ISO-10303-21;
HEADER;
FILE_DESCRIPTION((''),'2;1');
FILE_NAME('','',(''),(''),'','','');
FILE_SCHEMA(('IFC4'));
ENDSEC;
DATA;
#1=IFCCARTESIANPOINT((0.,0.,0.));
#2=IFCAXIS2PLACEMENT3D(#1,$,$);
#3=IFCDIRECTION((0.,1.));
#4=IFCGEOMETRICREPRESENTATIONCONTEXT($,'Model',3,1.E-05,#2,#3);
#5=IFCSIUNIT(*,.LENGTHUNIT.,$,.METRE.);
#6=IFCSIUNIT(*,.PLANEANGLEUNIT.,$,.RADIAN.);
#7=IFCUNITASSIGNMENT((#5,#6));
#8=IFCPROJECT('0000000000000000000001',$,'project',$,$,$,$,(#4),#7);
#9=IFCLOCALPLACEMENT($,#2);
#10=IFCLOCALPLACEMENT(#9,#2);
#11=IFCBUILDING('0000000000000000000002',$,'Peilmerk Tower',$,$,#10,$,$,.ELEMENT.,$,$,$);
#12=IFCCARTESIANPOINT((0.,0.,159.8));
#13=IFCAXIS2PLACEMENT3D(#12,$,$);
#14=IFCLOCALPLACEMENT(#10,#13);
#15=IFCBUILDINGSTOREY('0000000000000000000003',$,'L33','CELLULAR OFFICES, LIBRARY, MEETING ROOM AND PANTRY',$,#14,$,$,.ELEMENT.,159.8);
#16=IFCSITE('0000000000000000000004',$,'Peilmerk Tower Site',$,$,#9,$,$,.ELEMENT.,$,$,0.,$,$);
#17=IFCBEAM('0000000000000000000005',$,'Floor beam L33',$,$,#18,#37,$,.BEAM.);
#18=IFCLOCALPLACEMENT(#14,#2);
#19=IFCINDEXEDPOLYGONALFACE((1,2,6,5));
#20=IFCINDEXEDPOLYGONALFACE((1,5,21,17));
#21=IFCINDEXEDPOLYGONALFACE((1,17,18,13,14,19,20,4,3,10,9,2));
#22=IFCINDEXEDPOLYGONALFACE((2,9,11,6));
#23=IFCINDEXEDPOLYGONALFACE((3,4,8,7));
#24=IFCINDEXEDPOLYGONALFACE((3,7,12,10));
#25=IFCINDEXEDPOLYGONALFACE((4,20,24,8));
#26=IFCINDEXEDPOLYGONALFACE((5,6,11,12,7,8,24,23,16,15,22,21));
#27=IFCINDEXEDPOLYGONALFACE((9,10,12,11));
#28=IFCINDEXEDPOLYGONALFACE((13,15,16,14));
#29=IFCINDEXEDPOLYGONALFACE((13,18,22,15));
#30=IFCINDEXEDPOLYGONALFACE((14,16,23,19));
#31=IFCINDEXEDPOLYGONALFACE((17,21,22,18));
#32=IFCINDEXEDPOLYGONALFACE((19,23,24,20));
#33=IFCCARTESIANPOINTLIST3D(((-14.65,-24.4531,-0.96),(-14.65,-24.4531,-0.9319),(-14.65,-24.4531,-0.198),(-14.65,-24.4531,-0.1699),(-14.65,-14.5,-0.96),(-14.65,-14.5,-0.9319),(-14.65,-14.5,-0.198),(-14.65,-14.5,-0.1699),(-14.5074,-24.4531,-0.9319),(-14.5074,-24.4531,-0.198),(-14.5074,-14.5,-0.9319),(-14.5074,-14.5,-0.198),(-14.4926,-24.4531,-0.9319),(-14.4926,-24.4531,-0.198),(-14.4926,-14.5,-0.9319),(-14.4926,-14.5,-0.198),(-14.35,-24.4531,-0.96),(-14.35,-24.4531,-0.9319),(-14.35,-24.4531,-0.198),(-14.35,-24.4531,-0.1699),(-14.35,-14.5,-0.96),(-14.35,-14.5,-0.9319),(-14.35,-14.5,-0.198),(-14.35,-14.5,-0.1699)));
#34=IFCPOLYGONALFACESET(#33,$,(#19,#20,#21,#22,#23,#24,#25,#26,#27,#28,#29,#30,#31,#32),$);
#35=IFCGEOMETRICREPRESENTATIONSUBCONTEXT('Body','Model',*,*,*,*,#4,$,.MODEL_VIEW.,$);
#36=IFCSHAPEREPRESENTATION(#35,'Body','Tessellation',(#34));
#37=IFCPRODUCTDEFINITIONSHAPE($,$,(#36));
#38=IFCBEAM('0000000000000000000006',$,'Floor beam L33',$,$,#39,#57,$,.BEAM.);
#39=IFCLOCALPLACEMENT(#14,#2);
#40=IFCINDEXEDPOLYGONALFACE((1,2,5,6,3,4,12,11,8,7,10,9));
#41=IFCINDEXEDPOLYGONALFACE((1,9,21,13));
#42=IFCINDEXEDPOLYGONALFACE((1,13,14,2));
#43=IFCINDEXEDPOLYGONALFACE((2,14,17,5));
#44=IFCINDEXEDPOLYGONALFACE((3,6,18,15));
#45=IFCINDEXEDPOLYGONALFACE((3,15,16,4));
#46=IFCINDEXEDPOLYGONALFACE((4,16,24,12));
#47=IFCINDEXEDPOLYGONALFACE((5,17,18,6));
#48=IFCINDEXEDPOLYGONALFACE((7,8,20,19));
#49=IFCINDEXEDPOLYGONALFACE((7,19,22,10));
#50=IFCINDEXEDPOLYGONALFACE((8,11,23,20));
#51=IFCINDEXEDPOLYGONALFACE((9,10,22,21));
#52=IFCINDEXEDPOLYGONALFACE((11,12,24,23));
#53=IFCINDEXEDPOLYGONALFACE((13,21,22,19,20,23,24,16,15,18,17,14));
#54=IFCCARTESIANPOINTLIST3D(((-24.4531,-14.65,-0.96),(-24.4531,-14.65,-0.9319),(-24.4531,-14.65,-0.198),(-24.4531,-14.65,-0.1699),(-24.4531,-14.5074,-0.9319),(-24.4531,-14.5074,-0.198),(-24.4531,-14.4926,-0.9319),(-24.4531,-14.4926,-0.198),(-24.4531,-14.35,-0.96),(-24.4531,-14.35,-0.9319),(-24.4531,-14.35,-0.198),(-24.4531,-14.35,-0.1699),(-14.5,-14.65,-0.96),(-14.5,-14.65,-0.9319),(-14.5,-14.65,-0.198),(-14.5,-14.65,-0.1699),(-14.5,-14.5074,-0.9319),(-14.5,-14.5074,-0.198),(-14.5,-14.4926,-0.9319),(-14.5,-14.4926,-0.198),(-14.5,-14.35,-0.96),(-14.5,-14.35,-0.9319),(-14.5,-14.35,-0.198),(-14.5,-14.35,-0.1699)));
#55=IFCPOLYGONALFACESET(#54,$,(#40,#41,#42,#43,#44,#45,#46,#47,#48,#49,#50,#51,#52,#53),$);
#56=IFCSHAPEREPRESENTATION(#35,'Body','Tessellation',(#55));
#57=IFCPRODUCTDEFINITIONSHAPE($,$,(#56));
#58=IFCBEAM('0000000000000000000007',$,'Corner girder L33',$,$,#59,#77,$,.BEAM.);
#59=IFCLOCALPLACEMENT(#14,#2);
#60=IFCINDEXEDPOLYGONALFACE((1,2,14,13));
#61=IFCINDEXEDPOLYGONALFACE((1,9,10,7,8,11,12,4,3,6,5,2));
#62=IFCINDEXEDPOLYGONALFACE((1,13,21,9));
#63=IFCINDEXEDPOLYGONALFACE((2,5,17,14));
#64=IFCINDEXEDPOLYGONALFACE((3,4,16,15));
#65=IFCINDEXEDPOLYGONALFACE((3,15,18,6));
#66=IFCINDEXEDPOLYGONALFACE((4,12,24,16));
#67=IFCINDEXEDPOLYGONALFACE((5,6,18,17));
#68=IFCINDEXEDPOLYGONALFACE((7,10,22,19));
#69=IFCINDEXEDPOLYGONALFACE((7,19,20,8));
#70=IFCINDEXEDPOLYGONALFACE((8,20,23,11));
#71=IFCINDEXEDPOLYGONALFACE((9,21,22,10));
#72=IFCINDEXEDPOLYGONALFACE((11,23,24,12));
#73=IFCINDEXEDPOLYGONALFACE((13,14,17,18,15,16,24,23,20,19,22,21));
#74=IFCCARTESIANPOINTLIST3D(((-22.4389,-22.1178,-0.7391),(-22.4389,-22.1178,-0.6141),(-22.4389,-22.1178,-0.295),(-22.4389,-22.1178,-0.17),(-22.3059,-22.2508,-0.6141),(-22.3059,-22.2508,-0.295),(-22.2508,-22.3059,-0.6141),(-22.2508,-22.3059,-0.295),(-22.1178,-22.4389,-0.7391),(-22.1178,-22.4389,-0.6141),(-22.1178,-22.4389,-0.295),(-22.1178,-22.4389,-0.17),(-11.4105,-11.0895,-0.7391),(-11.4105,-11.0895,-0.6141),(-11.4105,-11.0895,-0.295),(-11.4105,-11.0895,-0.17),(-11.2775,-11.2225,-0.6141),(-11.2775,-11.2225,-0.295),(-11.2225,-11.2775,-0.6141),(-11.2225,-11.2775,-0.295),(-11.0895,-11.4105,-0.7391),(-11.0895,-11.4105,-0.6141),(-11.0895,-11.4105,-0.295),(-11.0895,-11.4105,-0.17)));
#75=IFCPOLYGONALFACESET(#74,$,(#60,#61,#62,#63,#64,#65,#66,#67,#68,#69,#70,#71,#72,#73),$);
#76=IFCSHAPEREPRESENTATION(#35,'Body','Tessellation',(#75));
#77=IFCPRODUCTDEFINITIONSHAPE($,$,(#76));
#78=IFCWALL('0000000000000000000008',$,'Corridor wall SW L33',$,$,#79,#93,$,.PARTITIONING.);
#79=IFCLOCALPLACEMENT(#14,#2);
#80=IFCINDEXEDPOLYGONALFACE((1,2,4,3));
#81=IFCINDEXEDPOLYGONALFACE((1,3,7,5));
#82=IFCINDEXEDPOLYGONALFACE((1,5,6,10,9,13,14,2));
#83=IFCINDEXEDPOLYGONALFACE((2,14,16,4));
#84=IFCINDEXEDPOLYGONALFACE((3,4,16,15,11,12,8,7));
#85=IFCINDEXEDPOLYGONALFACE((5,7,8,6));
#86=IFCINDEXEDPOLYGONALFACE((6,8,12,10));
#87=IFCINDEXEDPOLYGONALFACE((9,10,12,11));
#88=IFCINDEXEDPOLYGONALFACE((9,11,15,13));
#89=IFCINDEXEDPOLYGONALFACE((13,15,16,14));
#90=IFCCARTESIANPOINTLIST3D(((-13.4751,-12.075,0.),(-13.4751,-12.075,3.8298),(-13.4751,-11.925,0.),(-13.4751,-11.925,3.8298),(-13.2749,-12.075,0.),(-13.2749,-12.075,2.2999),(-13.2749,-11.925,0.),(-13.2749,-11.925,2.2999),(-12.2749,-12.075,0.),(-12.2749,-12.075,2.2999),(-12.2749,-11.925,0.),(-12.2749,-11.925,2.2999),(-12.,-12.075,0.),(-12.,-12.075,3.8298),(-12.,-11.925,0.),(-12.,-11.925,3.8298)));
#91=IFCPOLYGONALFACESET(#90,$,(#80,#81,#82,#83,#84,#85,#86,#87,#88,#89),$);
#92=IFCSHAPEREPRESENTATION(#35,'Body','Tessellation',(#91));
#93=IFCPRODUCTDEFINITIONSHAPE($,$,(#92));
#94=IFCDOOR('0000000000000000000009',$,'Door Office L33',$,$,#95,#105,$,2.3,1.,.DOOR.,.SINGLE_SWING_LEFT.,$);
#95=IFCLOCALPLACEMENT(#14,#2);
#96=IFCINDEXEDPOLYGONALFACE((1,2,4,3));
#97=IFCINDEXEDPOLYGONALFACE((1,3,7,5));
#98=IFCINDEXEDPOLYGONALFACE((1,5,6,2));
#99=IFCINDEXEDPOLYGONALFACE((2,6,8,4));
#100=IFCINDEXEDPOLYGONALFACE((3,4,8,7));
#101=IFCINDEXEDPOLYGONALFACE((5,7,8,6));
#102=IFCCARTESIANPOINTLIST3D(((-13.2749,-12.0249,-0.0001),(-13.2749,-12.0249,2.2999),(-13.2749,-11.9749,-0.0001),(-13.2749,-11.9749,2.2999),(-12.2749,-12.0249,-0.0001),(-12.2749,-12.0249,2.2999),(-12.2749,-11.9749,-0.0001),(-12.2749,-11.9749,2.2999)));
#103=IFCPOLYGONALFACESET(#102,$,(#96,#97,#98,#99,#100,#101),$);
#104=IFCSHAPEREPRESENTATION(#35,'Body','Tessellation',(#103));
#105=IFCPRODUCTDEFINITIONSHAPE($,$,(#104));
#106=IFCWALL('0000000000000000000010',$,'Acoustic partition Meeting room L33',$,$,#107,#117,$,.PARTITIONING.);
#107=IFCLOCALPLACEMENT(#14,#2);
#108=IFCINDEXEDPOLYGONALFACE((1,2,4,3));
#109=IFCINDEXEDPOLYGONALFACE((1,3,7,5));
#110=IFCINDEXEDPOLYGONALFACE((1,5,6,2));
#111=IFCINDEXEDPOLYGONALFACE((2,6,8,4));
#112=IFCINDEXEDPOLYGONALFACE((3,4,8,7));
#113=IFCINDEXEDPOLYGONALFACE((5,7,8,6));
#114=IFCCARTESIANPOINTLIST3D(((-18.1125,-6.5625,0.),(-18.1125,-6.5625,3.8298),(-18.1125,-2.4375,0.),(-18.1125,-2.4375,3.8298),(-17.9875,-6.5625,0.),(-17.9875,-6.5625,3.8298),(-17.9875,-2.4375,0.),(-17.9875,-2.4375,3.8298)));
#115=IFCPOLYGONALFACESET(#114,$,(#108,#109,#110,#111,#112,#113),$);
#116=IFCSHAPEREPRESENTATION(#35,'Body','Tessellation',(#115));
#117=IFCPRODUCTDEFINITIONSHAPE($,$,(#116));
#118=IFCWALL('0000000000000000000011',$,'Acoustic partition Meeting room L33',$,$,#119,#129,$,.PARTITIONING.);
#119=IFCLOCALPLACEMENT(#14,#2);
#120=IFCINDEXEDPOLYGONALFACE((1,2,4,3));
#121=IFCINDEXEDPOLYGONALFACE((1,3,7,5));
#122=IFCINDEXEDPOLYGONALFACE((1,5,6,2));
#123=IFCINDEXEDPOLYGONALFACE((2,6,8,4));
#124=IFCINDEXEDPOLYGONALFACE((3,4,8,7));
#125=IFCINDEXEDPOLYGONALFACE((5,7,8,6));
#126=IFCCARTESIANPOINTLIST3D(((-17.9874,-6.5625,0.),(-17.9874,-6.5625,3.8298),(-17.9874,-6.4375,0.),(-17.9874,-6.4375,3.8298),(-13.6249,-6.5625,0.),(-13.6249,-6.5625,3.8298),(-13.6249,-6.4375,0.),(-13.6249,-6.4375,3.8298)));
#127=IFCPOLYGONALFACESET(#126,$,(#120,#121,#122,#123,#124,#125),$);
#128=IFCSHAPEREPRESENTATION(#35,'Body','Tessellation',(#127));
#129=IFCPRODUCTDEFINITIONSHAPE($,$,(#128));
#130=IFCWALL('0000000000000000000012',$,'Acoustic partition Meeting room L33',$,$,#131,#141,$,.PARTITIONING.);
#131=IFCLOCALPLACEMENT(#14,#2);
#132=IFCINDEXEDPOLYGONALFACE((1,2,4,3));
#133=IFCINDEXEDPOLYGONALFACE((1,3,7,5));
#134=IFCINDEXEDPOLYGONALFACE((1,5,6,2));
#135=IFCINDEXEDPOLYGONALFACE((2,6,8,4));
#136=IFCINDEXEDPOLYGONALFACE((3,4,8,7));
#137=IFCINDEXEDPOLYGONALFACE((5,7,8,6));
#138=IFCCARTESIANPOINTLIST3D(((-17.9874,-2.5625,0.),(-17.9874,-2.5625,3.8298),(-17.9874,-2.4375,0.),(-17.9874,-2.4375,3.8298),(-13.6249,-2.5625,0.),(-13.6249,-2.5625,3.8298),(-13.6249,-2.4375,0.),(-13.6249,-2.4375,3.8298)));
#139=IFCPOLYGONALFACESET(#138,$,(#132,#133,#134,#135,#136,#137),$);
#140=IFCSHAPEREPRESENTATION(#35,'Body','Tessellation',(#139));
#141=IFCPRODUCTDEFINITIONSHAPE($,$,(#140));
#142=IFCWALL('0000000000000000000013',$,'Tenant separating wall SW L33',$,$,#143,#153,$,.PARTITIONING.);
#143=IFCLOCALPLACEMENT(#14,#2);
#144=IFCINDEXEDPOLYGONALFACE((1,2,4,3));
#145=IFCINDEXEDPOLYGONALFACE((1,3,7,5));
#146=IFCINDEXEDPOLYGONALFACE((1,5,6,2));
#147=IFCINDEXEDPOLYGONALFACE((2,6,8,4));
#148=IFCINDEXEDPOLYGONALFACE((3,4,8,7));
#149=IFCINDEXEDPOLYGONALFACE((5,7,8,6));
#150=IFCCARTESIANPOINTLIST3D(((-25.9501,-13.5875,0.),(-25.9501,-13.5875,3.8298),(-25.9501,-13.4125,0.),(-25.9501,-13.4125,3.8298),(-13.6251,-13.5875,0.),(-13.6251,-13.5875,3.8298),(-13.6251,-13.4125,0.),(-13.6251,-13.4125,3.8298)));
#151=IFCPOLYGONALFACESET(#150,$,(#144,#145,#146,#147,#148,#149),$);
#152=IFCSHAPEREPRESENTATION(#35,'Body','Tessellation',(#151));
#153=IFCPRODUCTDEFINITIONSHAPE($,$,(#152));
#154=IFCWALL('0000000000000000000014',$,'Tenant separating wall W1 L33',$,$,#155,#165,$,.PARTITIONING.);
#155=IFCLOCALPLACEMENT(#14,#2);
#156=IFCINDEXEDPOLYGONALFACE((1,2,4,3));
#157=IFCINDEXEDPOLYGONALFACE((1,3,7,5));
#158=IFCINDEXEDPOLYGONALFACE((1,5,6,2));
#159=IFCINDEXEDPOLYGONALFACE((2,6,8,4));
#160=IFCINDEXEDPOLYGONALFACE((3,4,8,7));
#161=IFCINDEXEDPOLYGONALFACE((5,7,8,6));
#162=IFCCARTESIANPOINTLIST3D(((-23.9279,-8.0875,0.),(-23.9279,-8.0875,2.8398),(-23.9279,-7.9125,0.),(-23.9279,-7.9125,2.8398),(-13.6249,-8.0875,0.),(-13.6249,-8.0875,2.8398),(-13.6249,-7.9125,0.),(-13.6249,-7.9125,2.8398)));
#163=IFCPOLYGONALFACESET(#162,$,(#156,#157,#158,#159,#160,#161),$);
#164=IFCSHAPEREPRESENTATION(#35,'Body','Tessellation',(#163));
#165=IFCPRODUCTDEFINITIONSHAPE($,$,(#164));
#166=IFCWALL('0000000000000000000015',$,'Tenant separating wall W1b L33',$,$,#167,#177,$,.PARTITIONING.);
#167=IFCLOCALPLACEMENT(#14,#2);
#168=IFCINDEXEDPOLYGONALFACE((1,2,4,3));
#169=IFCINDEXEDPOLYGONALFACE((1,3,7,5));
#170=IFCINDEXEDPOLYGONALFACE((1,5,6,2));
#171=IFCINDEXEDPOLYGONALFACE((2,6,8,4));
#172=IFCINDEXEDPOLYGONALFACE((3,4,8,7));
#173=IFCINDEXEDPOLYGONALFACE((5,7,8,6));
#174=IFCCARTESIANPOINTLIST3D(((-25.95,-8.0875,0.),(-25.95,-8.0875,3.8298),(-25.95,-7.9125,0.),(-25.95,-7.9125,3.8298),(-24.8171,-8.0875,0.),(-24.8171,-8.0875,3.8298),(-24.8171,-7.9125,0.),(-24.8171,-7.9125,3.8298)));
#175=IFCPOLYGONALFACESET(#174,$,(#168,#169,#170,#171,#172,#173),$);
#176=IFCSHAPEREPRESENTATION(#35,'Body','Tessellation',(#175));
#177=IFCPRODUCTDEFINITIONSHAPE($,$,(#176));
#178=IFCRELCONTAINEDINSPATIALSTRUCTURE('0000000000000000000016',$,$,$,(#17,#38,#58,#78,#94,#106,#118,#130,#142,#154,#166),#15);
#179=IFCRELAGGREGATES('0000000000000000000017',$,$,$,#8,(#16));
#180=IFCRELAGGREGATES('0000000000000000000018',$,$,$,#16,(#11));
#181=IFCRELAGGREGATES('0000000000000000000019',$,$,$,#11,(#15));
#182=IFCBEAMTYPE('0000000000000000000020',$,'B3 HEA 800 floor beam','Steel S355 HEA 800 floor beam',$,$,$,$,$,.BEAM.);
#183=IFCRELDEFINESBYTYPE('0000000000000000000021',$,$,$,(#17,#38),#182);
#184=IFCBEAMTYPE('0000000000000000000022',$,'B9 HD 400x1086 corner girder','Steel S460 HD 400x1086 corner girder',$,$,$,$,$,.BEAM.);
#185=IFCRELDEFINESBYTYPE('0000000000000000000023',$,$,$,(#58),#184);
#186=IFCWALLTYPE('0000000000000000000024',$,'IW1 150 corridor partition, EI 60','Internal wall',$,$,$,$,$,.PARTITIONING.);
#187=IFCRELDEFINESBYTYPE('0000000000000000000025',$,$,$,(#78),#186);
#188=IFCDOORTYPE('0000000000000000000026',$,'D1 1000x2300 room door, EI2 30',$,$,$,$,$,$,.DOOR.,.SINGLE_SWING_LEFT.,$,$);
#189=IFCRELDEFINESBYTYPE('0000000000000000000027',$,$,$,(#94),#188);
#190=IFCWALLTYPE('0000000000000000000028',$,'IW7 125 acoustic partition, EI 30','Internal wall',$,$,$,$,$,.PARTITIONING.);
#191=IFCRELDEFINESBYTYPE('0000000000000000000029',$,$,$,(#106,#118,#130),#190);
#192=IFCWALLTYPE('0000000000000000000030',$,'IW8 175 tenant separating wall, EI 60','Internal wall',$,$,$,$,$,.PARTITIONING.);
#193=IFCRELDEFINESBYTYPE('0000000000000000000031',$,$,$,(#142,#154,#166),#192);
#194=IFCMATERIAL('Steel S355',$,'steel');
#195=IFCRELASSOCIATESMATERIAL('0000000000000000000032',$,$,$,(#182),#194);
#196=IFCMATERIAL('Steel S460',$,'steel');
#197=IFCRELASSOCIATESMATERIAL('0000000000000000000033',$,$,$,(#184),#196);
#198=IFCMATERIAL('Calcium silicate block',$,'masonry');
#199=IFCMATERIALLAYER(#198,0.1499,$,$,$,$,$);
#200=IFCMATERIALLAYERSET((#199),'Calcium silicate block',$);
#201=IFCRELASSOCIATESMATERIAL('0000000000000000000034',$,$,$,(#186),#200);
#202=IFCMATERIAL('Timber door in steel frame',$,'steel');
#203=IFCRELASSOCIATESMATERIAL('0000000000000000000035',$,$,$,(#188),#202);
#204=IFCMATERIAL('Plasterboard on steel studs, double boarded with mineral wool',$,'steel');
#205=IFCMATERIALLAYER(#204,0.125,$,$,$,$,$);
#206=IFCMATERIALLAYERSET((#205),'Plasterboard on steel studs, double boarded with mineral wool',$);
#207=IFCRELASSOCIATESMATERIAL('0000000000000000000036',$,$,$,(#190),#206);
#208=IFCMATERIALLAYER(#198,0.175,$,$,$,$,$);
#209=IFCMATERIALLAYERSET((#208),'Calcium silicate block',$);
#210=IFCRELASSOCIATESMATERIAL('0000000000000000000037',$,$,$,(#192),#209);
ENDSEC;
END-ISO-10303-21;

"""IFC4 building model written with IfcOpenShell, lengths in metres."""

from ifc_helpers import new_model, si_unit, direction, frame, frame_2d, origin, origin_2d, place, context, subcontext, project, spatial, rectangle, i_section, extrude, material, layer, layer_set, material_profile, profile_set, type_object, element, fill, save


model = new_model("IFC4")

# Units and contexts
model_context = context("Model", 3, precision=1e-05, world=origin(), true_north=direction((0.0, 1.0)))
body_context = subcontext(model_context, "Body", "Model", "MODEL_VIEW")
ifc_project = project(units=[si_unit("LENGTHUNIT", "METRE"), si_unit("PLANEANGLEUNIT", "RADIAN")], contexts=[model_context])

# Site, building, storey
site_placement = place(None, origin())
site = spatial("IfcSite", under=ifc_project, at=site_placement, Name="Peilmerk Tower Site", CompositionType="ELEMENT", RefElevation=0.0)
building_placement = place(site_placement, origin())
building = spatial("IfcBuilding", under=site, at=building_placement, Name="Peilmerk Tower", CompositionType="ELEMENT")
storey_placement = place(building_placement, frame((0.0, 0.0, 159.8)))
storey = spatial("IfcBuildingStorey", under=building, at=storey_placement, Name="L33", Description="CELLULAR OFFICES, LIBRARY, MEETING ROOM AND PANTRY", CompositionType="ELEMENT", Elevation=159.8)

# Shared definitions
ifc_material_1 = material(Name="Steel S460", Category="steel")

# Beams
ifc_material_2 = material(Name="Steel S355", Category="steel")
ifc_material_profile_1 = material_profile(ifc_material_2, i_section(OverallWidth=0.3, OverallDepth=0.79, WebThickness=0.0149, FlangeThickness=0.0281, at=origin_2d()), Name="HEA 800")
ifc_profile_set_1 = profile_set([ifc_material_profile_1], Name="Steel S355")
beam_type_1 = type_object("IfcBeamType", Name="B3 HEA 800 floor beam", Description="Steel S355 HEA 800 floor beam", PredefinedType="BEAM", material=ifc_profile_set_1)
for number, where, z_axis, x_axis, name in (
    (1, (-14.5, -14.5, -0.5649), (0.0, -1.0, 0.0), (1.0, 0.0, 0.0), "Floor beam L33"),
    (2, (-14.5, -14.5, -0.5649), (-1.0, 0.0, 0.0), (0.0, -1.0, 0.0), "Floor beam L33"),
):
    element("IfcBeam", number, at=place(storey_placement, frame(where, z_axis=z_axis, x_axis=x_axis)), inside=storey, type_object=beam_type_1, Name=name, PredefinedType="BEAM", context=body_context, shape_type="SweptSolid", body=[
        extrude(i_section(OverallWidth=0.3, OverallDepth=0.79, WebThickness=0.0149, FlangeThickness=0.0281, at=origin_2d()), origin(), (0.0, 0.0, 1.0), 9.9531),
    ])
ifc_material_profile_2 = material_profile(ifc_material_1, i_section(OverallWidth=0.4541, OverallDepth=0.5691, WebThickness=0.0779, FlangeThickness=0.125, at=origin_2d()), Name="HD 400x1086")
ifc_profile_set_2 = profile_set([ifc_material_profile_2], Name="Steel S460")
beam_type_2 = type_object("IfcBeamType", Name="B9 HD 400x1086 corner girder", Description="Steel S460 HD 400x1086 corner girder", PredefinedType="BEAM", material=ifc_profile_set_2)
beam_placement = place(storey_placement, frame((-11.25, -11.25, -0.4546), z_axis=(-0.707107, -0.707107, 0.0), x_axis=(0.707107, -0.707107, 0.0)))
element("IfcBeam", 3, at=beam_placement, inside=storey, type_object=beam_type_2, Name="Corner girder L33", PredefinedType="BEAM", context=body_context, shape_type="SweptSolid", body=[
    extrude(i_section(OverallWidth=0.4541, OverallDepth=0.5691, WebThickness=0.0779, FlangeThickness=0.125, at=origin_2d()), origin(), (0.0, 0.0, 1.0), 15.5964),
])

# Wall, opening, door
ifc_material_3 = material(Name="Calcium silicate block", Category="masonry")
ifc_layer_1 = layer(ifc_material_3, 0.1499)
ifc_layer_set_1 = layer_set([ifc_layer_1], Name="Calcium silicate block")
wall_type_1 = type_object("IfcWallType", Name="IW1 150 corridor partition, EI 60", Description="Internal wall", PredefinedType="PARTITIONING", material=ifc_layer_set_1)
wall_1_placement = place(storey_placement, frame((-12.0, -12.0, 0.0), z_axis=(0.0, 0.0, 1.0), x_axis=(-1.0, 0.0, 0.0)))
wall_1 = element("IfcWall", 4, at=wall_1_placement, inside=storey, type_object=wall_type_1, Name="Corridor wall SW L33", PredefinedType="PARTITIONING", context=body_context, shape_type="SweptSolid", body=[
    extrude(rectangle(XDim=1.4751, YDim=0.1499, at=frame_2d((0.7375, 0.0))), origin(), (0.0, 0.0, 1.0), 3.8298),
])
opening_1_placement = place(wall_1_placement, frame((0.2749, 0.0, 0.0)))
opening_1 = element("IfcOpeningElement", 5, at=opening_1_placement, cuts=wall_1, PredefinedType="OPENING", context=body_context, shape_type="SweptSolid", body=[
    extrude(rectangle(XDim=1.0, YDim=2.3, at=frame_2d((0.5, 1.1499))), frame((0.0, 0.085, 0.0), z_axis=(0.0, -1.0, 0.0), x_axis=(1.0, 0.0, 0.0)), (0.0, 0.0, 1.0), 0.1699),
])
ifc_material_4 = material(Name="Timber door in steel frame", Category="steel")
door_type_1 = type_object("IfcDoorType", Name="D1 1000x2300 room door, EI2 30", OperationType="SINGLE_SWING_LEFT", PredefinedType="DOOR", material=ifc_material_4)
door_1_placement = place(opening_1_placement, origin())
door_1 = element("IfcDoor", 6, at=door_1_placement, inside=storey, type_object=door_type_1, Name="Door Office L33", OperationType="SINGLE_SWING_LEFT", OverallHeight=2.3, OverallWidth=1.0, PredefinedType="DOOR", context=body_context, shape_type="SweptSolid", body=[
    extrude(rectangle(XDim=1.0, YDim=2.3, at=frame_2d((0.5, 1.1499))), frame((0.0, 0.0249, 0.0), z_axis=(0.0, -1.0, 0.0), x_axis=(1.0, 0.0, 0.0)), (0.0, 0.0, 1.0), 0.05),
])
fill(opening_1, door_1)

# Walls
ifc_material_5 = material(Name="Plasterboard on steel studs, double boarded with mineral wool", Category="steel")
ifc_layer_2 = layer(ifc_material_5, 0.125)
ifc_layer_set_2 = layer_set([ifc_layer_2], Name="Plasterboard on steel studs, double boarded with mineral wool")
wall_type_2 = type_object("IfcWallType", Name="IW7 125 acoustic partition, EI 30", Description="Internal wall", PredefinedType="PARTITIONING", material=ifc_layer_set_2)
wall_2_placement = place(storey_placement, frame((-18.05, -6.5625, 0.0), z_axis=(0.0, 0.0, 1.0), x_axis=(0.0, 1.0, 0.0)))
element("IfcWall", 7, at=wall_2_placement, inside=storey, type_object=wall_type_2, Name="Acoustic partition Meeting room L33", PredefinedType="PARTITIONING", context=body_context, shape_type="SweptSolid", body=[
    extrude(rectangle(XDim=4.125, YDim=0.125, at=frame_2d((2.0625, 0.0))), origin(), (0.0, 0.0, 1.0), 3.8298),
])
for number, where, z_axis, x_axis, name in (
    (8, (-13.625, -6.5, 0.0), (0.0, 0.0, 1.0), (-1.0, 0.0, 0.0), "Acoustic partition Meeting room L33"),
    (9, (-13.625, -2.5, 0.0), (0.0, 0.0, 1.0), (-1.0, 0.0, 0.0), "Acoustic partition Meeting room L33"),
):
    element("IfcWall", number, at=place(storey_placement, frame(where, z_axis=z_axis, x_axis=x_axis)), inside=storey, type_object=wall_type_2, Name=name, PredefinedType="PARTITIONING", context=body_context, shape_type="SweptSolid", body=[
        extrude(rectangle(XDim=4.3625, YDim=0.125, at=frame_2d((2.1812, 0.0))), origin(), (0.0, 0.0, 1.0), 3.8298),
    ])
ifc_layer_3 = layer(ifc_material_3, 0.175)
ifc_layer_set_3 = layer_set([ifc_layer_3], Name="Calcium silicate block")
wall_type_3 = type_object("IfcWallType", Name="IW8 175 tenant separating wall, EI 60", Description="Internal wall", PredefinedType="PARTITIONING", material=ifc_layer_set_3)
wall_3_placement = place(storey_placement, frame((-13.625, -13.5, 0.0), z_axis=(0.0, 0.0, 1.0), x_axis=(-1.0, 0.0, 0.0)))
element("IfcWall", 10, at=wall_3_placement, inside=storey, type_object=wall_type_3, Name="Tenant separating wall SW L33", PredefinedType="PARTITIONING", context=body_context, shape_type="SweptSolid", body=[
    extrude(rectangle(XDim=12.325, YDim=0.175, at=frame_2d((6.1626, 0.0))), origin(), (0.0, 0.0, 1.0), 3.8298),
])
wall_4_placement = place(storey_placement, frame((-13.625, -8.0, 0.0), z_axis=(0.0, 0.0, 1.0), x_axis=(-1.0, 0.0, 0.0)))
element("IfcWall", 11, at=wall_4_placement, inside=storey, type_object=wall_type_3, Name="Tenant separating wall W1 L33", PredefinedType="PARTITIONING", context=body_context, shape_type="SweptSolid", body=[
    extrude(rectangle(XDim=10.303, YDim=0.175, at=frame_2d((5.1514, 0.0))), origin(), (0.0, 0.0, 1.0), 2.8398),
])
wall_5_placement = place(storey_placement, frame((-24.8171, -8.0, 0.0), z_axis=(0.0, 0.0, 1.0), x_axis=(-1.0, 0.0, 0.0)))
element("IfcWall", 12, at=wall_5_placement, inside=storey, type_object=wall_type_3, Name="Tenant separating wall W1b L33", PredefinedType="PARTITIONING", context=body_context, shape_type="SweptSolid", body=[
    extrude(rectangle(XDim=1.1328, YDim=0.175, at=frame_2d((0.5664, 0.0))), origin(), (0.0, 0.0, 1.0), 3.8298),
])

save(model, "model.ifc")
